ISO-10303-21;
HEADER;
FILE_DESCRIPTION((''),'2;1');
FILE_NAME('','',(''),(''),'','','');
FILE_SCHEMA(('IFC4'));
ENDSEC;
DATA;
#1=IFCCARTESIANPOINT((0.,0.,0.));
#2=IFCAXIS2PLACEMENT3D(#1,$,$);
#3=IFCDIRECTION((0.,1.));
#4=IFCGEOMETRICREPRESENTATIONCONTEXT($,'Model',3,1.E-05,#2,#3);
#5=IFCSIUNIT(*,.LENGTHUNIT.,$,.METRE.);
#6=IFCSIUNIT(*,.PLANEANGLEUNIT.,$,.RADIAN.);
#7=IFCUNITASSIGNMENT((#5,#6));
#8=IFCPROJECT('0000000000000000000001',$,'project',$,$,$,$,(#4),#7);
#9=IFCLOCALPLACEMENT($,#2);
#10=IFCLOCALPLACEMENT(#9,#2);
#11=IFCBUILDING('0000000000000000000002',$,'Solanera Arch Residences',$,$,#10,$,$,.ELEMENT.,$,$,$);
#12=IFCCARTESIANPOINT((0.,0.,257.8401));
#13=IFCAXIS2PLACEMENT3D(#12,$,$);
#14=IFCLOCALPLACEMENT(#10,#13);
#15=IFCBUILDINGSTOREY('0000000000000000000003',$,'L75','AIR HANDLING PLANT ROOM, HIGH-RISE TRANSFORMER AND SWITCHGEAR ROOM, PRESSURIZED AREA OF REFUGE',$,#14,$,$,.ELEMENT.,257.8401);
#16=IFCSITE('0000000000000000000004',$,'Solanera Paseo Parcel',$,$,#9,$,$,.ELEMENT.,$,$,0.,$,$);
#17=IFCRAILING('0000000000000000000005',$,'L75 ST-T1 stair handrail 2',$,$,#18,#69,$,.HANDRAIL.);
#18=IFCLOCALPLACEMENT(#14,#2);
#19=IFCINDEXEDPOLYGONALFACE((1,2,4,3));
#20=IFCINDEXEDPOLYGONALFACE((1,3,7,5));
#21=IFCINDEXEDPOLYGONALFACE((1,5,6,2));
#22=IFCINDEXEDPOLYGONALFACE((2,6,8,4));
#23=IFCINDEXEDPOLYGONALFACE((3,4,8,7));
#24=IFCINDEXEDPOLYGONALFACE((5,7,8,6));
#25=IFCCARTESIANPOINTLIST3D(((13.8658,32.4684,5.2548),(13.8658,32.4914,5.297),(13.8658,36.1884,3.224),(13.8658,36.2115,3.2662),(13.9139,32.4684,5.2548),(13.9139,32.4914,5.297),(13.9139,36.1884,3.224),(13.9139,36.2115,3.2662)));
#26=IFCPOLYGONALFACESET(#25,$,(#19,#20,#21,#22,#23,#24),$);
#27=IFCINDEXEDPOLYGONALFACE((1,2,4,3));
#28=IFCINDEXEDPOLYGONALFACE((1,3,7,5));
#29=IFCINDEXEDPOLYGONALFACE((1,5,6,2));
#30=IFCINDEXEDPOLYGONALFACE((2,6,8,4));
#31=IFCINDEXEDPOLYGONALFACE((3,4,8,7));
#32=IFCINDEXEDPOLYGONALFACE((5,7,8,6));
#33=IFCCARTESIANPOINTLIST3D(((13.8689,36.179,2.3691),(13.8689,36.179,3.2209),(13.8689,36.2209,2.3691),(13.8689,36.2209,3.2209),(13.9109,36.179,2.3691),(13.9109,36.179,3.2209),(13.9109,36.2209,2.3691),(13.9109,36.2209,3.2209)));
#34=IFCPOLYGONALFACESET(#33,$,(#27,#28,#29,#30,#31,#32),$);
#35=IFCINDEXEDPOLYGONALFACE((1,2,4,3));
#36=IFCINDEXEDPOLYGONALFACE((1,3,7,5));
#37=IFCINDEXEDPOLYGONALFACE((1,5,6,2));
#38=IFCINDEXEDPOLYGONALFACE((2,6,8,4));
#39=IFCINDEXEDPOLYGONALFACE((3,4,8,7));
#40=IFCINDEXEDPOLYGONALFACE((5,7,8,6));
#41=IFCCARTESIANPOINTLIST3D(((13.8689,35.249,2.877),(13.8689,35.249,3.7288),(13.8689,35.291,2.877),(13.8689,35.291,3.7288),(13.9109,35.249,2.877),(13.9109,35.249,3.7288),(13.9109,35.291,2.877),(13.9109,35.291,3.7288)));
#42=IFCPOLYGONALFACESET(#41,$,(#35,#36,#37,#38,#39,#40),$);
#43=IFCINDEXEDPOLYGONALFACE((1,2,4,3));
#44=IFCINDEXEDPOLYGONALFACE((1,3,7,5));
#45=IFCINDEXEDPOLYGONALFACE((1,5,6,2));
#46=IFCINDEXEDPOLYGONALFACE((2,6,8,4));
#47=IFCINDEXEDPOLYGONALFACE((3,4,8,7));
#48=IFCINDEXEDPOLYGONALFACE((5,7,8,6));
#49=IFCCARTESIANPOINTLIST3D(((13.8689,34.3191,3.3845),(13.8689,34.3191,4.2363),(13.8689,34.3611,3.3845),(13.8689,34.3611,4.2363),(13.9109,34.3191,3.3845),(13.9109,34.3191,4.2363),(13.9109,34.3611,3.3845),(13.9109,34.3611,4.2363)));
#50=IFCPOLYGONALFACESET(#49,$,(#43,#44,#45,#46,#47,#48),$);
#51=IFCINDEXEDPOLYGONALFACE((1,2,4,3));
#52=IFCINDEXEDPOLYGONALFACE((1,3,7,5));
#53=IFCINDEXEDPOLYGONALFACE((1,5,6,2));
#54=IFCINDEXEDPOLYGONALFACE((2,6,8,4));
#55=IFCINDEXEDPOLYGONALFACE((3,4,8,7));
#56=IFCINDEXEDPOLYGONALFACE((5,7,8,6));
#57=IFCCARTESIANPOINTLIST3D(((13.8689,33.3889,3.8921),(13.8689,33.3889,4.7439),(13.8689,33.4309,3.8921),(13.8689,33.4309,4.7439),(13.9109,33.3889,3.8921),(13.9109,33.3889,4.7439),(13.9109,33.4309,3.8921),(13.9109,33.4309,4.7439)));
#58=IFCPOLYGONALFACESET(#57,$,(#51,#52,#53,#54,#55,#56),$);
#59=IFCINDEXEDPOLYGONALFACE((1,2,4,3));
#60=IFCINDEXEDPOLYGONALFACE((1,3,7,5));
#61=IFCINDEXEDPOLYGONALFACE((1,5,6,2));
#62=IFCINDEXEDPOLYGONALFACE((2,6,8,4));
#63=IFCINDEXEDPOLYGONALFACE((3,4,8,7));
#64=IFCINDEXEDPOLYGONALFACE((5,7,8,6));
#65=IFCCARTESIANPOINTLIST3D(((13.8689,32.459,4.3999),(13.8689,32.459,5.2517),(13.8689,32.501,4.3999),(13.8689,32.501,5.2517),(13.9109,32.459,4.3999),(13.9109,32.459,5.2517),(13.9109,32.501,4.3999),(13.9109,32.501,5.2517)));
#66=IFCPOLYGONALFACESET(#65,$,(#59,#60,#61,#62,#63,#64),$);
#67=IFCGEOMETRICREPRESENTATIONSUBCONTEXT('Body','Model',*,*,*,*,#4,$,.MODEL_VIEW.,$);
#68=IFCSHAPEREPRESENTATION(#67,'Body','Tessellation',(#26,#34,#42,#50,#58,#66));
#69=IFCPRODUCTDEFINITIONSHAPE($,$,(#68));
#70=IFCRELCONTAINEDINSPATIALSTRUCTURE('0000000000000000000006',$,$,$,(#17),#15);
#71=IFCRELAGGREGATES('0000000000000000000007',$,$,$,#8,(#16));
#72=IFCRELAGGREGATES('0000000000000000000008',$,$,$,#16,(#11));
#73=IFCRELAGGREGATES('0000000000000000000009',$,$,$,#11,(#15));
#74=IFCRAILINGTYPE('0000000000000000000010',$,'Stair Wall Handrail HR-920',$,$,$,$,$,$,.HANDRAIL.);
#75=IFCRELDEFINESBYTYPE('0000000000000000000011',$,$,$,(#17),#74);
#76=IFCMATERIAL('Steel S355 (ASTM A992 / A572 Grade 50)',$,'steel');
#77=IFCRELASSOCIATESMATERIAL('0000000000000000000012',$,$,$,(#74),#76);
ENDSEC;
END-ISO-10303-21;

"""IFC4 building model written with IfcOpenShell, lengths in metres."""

from ifc_helpers import new_model, si_unit, direction, frame, origin, origin_2d, place, context, subcontext, project, spatial, rectangle, extrude, material, type_object, element, save


model = new_model("IFC4")

# Units and contexts
model_context = context("Model", 3, precision=1e-05, world=origin(), true_north=direction((0.0, 1.0)))
body_context = subcontext(model_context, "Body", "Model", "MODEL_VIEW")
ifc_project = project(units=[si_unit("LENGTHUNIT", "METRE"), si_unit("PLANEANGLEUNIT", "RADIAN")], contexts=[model_context])

# Site, building, storey
site_placement = place(None, origin())
site = spatial("IfcSite", under=ifc_project, at=site_placement, Name="Solanera Paseo Parcel", CompositionType="ELEMENT", RefElevation=0.0)
building_placement = place(site_placement, origin())
building = spatial("IfcBuilding", under=site, at=building_placement, Name="Solanera Arch Residences", CompositionType="ELEMENT")
storey_placement = place(building_placement, frame((0.0, 0.0, 257.8401)))
storey = spatial("IfcBuildingStorey", under=building, at=storey_placement, Name="L75", Description="AIR HANDLING PLANT ROOM, HIGH-RISE TRANSFORMER AND SWITCHGEAR ROOM, PRESSURIZED AREA OF REFUGE", CompositionType="ELEMENT", Elevation=257.8401)

# Railing
ifc_material_1 = material(Name="Steel S355 (ASTM A992 / A572 Grade 50)", Category="steel")
railing_type_1 = type_object("IfcRailingType", Name="Stair Wall Handrail HR-920", PredefinedType="HANDRAIL", material=ifc_material_1)
railing_1_placement = place(storey_placement, frame((13.8899, 36.2, 2.3691)))
element("IfcRailing", 1, at=railing_1_placement, inside=storey, type_object=railing_type_1, Name="L75 ST-T1 stair handrail 2", PredefinedType="HANDRAIL", context=body_context, shape_type="SweptSolid", body=[
    extrude(rectangle(XDim=0.0481, YDim=0.0481, at=origin_2d()), frame((0.0, 0.0, 0.876), z_axis=(0.0, -0.877728, 0.479159), x_axis=(1.0, 0.0, 0.0)), (0.0, 0.0, 1.0), 4.2383),
    extrude(rectangle(XDim=0.042, YDim=0.042, at=origin_2d()), origin(), (0.0, 0.0, 1.0), 0.8518),
    extrude(rectangle(XDim=0.042, YDim=0.042, at=origin_2d()), frame((0.0, -0.9299, 0.5078)), (0.0, 0.0, 1.0), 0.8518),
    extrude(rectangle(XDim=0.042, YDim=0.042, at=origin_2d()), frame((0.0, -1.8599, 1.0154)), (0.0, 0.0, 1.0), 0.8518),
    extrude(rectangle(XDim=0.042, YDim=0.042, at=origin_2d()), frame((0.0, -2.79, 1.5229)), (0.0, 0.0, 1.0), 0.8518),
    extrude(rectangle(XDim=0.042, YDim=0.042, at=origin_2d()), frame((0.0, -3.72, 2.0308)), (0.0, 0.0, 1.0), 0.8518),
])

save(model, "model.ifc")
